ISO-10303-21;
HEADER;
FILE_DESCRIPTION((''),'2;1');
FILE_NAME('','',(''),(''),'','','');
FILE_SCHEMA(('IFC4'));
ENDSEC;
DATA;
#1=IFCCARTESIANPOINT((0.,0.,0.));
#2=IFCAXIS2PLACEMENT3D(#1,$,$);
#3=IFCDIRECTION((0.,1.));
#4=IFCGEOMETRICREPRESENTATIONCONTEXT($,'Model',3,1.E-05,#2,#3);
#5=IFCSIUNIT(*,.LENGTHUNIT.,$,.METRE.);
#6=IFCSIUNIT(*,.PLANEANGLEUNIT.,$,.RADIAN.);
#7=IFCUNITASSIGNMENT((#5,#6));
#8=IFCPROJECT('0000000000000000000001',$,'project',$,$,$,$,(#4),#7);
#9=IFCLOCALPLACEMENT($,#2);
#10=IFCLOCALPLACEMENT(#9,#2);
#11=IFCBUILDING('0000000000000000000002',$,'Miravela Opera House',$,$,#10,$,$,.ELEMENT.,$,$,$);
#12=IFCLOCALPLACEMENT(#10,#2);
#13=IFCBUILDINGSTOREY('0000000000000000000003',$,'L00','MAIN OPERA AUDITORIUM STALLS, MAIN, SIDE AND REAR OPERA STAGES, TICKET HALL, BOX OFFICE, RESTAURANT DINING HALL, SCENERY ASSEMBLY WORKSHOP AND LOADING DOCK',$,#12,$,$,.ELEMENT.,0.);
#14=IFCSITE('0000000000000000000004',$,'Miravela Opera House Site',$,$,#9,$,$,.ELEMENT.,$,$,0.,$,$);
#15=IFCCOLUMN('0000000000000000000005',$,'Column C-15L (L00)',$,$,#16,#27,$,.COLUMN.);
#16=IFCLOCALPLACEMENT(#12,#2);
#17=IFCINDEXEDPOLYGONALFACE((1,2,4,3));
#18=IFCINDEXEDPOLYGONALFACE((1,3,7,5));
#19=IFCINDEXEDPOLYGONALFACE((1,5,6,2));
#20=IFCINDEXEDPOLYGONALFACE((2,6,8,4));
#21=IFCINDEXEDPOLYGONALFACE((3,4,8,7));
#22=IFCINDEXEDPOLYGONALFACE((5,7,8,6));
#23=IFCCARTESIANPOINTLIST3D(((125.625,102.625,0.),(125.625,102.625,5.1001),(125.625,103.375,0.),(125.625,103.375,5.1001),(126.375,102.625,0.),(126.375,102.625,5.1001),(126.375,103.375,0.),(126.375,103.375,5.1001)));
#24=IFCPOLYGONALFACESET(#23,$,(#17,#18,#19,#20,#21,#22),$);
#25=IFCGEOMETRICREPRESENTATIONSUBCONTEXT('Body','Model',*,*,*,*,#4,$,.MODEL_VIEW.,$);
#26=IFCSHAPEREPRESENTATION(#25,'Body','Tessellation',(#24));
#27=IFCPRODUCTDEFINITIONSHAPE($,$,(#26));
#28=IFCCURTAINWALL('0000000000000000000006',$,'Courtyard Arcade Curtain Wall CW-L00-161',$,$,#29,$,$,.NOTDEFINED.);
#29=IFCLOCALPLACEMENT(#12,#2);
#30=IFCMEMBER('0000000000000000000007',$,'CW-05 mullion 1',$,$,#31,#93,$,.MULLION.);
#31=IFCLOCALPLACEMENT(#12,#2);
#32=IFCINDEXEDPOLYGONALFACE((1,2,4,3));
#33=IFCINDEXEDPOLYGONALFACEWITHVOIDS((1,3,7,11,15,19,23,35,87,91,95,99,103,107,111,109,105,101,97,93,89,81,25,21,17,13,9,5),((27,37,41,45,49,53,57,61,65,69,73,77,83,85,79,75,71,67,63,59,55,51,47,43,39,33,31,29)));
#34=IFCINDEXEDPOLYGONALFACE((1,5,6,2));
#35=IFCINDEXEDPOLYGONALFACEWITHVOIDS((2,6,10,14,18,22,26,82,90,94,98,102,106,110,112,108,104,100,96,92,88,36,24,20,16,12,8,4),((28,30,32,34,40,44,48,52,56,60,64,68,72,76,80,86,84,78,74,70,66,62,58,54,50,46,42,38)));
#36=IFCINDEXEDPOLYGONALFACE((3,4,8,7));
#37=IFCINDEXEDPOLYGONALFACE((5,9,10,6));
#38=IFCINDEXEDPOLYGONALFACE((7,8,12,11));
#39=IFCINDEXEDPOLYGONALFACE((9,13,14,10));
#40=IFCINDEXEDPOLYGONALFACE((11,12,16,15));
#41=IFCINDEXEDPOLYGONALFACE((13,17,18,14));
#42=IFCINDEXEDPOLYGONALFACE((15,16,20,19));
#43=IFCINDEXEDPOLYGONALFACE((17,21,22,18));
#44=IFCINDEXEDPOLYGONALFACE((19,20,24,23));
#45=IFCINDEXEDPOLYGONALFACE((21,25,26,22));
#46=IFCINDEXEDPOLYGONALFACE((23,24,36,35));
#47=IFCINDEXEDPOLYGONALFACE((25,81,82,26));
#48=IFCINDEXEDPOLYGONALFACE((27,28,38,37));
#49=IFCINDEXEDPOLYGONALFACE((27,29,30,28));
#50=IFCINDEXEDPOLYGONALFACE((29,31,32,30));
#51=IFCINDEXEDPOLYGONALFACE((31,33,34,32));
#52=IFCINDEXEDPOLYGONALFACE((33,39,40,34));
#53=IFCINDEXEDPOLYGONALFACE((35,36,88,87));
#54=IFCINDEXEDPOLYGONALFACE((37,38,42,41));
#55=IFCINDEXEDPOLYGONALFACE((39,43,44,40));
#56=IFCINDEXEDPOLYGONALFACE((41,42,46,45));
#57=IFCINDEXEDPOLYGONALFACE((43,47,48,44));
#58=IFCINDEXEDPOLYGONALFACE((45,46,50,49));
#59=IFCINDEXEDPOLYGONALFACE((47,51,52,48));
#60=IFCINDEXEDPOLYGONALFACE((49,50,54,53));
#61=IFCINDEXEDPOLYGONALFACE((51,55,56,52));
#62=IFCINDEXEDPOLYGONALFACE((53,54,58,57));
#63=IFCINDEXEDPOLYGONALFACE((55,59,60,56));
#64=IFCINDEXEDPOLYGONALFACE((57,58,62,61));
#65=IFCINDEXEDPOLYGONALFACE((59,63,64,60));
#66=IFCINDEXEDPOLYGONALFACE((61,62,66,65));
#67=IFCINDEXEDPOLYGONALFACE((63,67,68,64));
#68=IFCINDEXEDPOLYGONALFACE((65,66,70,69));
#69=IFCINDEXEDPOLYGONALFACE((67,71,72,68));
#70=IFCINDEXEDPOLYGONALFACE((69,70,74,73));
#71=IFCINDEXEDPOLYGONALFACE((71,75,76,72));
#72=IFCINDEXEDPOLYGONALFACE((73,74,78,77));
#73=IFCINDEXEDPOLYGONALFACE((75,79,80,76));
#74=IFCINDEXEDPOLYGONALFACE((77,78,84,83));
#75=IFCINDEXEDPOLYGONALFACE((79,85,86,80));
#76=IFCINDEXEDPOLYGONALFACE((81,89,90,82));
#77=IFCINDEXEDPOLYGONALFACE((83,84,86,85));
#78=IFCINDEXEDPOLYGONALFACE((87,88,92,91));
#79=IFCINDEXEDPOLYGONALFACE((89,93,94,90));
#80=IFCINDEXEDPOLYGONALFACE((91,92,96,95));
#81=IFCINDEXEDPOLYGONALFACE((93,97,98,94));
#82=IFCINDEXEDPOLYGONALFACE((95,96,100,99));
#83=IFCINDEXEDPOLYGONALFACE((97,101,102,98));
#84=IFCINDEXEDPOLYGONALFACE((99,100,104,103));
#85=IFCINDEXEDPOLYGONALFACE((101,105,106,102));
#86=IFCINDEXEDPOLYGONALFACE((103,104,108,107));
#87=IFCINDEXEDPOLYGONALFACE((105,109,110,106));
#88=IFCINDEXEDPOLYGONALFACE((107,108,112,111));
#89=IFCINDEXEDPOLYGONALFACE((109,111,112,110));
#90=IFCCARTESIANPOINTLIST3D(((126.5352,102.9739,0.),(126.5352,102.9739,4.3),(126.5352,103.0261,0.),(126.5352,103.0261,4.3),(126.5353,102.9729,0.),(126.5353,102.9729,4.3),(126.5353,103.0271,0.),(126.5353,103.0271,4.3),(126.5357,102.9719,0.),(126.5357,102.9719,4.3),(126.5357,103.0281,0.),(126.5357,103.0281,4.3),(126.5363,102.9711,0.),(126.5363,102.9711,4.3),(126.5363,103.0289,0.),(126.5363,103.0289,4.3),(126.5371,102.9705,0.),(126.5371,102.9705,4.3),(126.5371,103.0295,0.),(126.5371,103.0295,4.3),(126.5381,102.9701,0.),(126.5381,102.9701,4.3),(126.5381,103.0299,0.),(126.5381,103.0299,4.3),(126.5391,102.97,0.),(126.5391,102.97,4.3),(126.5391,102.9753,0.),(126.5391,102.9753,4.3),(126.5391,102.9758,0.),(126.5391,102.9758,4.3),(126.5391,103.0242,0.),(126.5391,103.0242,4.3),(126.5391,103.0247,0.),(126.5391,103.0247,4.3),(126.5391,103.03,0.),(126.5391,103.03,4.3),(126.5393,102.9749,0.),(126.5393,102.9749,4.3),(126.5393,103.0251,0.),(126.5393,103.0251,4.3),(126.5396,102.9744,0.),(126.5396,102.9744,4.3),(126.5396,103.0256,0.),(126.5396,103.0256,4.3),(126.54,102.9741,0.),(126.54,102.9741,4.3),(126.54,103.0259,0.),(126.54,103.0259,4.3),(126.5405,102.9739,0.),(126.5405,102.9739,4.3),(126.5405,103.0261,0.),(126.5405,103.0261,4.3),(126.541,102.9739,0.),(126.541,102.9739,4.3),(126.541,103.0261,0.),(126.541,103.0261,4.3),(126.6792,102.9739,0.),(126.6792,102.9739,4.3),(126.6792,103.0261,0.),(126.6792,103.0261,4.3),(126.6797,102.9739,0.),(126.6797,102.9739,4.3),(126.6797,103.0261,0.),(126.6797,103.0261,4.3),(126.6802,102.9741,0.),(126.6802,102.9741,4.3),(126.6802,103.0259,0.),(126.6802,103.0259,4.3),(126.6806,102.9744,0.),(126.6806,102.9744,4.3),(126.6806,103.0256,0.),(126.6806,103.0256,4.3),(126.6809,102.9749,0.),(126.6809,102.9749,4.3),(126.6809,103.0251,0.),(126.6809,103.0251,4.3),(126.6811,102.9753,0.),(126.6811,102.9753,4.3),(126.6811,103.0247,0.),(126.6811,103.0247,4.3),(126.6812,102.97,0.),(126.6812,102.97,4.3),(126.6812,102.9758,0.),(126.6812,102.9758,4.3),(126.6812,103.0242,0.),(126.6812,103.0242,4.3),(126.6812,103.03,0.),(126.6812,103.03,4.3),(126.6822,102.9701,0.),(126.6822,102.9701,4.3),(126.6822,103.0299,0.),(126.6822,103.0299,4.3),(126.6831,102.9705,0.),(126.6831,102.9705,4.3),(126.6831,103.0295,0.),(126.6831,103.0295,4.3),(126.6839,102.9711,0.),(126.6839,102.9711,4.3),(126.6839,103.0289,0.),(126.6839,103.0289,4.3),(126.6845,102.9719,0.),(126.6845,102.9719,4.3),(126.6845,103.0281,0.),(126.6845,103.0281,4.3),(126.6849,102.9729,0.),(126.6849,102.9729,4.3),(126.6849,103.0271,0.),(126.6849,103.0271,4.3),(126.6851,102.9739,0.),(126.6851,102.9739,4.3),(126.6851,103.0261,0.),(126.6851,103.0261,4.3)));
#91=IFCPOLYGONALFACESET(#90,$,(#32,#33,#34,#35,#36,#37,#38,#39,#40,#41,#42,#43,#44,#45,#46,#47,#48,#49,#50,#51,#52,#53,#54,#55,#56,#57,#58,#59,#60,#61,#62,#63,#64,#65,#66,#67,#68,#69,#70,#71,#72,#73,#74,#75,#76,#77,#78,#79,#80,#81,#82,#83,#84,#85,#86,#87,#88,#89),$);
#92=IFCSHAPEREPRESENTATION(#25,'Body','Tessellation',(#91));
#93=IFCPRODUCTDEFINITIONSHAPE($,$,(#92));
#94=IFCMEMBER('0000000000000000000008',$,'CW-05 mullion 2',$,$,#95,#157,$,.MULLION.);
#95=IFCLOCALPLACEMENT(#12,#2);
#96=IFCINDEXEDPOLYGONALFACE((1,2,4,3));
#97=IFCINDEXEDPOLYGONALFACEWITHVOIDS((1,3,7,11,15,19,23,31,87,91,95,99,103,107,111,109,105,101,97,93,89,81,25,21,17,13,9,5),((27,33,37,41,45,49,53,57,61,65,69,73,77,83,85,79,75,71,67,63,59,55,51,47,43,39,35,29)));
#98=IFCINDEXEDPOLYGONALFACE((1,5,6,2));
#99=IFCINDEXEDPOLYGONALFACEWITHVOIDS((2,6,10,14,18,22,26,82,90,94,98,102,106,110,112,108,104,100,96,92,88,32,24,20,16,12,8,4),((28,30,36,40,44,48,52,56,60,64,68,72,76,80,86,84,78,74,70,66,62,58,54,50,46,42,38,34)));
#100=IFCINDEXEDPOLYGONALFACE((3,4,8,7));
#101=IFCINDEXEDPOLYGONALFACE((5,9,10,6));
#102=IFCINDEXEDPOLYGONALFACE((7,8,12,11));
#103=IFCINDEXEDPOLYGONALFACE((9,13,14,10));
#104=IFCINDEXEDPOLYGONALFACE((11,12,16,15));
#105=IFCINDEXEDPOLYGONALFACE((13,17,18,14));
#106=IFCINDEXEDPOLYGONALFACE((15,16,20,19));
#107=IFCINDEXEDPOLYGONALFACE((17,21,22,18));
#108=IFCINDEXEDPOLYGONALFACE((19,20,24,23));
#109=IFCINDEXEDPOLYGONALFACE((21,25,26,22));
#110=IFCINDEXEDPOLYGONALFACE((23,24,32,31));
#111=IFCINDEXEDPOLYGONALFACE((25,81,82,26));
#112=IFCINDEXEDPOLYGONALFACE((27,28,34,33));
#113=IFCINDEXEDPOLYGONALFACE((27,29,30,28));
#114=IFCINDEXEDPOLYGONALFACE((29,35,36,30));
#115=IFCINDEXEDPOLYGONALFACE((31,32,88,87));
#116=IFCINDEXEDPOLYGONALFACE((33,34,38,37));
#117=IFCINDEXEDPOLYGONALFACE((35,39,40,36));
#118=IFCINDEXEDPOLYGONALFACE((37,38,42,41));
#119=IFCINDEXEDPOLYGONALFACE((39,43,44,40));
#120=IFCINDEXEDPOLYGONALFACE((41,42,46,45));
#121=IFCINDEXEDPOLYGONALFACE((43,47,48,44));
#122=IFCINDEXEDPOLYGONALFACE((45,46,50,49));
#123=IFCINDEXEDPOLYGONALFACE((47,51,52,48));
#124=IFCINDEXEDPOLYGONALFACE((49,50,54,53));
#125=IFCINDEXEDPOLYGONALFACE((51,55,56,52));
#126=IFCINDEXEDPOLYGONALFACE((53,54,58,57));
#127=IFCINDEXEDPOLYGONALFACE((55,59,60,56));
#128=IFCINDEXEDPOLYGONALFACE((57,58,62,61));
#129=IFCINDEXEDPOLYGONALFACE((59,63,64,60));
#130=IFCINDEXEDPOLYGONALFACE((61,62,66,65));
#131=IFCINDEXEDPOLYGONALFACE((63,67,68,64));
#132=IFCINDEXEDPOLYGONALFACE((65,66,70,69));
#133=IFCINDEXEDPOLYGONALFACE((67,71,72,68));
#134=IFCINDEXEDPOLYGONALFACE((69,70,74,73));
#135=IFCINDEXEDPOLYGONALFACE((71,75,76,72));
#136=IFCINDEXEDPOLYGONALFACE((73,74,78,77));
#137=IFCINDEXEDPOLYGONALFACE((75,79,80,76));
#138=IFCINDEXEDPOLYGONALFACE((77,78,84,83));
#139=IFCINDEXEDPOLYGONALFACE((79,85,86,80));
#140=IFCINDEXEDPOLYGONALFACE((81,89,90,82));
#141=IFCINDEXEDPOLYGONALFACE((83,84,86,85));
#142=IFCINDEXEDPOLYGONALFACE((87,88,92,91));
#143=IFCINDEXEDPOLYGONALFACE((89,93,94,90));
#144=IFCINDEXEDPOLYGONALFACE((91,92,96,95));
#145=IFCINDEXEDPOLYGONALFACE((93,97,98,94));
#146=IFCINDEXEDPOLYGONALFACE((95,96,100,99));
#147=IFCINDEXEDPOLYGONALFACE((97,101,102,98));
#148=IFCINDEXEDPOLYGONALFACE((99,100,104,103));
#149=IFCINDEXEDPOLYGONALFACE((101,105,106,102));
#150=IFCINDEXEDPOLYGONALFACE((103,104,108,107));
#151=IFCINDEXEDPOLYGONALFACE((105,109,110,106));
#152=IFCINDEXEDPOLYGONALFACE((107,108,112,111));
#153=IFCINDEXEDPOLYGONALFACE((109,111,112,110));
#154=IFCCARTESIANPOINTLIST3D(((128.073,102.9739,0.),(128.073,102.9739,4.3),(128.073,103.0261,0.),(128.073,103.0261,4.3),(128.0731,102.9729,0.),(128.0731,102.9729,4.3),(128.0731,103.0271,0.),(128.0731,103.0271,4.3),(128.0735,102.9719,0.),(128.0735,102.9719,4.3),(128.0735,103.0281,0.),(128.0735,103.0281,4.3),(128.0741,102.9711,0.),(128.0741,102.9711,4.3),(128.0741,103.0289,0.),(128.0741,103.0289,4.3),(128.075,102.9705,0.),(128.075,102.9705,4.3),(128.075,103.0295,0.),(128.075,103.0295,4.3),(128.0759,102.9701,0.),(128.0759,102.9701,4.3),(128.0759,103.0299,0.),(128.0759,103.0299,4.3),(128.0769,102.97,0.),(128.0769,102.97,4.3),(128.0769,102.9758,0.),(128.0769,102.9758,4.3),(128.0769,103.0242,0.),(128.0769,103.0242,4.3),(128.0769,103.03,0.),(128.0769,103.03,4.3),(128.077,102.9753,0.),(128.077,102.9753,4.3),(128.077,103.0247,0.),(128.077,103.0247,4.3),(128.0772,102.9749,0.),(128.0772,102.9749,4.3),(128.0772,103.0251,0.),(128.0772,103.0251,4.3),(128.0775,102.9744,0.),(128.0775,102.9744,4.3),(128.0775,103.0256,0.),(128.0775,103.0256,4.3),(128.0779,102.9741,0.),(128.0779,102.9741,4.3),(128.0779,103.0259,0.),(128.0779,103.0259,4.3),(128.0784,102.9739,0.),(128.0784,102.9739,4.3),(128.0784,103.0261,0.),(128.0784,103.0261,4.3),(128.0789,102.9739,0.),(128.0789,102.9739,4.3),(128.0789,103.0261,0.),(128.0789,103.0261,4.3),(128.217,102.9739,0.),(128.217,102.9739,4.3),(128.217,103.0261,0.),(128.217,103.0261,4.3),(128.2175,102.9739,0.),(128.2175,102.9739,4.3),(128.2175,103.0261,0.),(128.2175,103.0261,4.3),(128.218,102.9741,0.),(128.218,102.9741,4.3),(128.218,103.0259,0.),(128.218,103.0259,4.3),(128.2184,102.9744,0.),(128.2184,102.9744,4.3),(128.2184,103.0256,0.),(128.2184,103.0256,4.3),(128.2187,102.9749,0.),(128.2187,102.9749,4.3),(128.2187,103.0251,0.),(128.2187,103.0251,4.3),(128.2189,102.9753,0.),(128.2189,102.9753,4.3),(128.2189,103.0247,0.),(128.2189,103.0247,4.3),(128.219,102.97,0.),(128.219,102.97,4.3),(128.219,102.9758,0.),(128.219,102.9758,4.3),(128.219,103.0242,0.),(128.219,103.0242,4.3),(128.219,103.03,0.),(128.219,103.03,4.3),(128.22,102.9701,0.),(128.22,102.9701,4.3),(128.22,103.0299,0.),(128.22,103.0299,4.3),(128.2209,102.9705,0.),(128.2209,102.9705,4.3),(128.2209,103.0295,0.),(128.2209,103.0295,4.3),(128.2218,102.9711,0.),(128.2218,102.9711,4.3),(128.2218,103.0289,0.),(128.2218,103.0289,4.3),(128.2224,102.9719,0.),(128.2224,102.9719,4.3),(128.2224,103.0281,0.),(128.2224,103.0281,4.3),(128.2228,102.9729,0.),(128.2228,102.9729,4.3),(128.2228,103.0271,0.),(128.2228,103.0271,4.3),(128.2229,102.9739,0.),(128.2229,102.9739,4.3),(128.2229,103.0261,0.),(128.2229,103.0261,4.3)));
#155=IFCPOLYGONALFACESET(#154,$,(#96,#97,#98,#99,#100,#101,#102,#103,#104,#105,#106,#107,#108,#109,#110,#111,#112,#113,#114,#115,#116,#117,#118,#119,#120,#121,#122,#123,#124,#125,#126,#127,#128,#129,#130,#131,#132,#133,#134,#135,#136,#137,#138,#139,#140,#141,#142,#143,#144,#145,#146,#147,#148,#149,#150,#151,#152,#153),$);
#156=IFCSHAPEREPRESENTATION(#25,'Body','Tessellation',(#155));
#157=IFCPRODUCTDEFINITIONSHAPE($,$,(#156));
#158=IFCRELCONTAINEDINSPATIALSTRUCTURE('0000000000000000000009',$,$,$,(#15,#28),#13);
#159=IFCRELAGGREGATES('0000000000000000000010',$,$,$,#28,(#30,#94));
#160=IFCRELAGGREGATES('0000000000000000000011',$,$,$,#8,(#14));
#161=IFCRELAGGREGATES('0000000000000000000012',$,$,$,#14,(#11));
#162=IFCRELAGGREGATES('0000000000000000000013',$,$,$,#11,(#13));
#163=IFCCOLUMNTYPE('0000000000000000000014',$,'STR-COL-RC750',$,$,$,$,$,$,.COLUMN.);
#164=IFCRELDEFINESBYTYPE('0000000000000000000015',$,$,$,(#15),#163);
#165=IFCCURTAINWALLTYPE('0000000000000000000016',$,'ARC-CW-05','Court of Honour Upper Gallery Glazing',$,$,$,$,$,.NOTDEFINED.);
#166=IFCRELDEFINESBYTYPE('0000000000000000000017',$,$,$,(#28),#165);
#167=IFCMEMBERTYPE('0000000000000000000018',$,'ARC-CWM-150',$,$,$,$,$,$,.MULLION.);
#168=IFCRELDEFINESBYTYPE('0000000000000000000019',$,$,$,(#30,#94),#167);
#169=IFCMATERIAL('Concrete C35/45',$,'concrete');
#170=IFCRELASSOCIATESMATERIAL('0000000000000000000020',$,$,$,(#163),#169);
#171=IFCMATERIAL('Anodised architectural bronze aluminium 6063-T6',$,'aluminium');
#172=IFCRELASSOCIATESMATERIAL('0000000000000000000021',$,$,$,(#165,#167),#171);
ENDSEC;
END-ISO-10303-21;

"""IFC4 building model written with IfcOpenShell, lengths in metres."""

from ifc_helpers import new_model, si_unit, direction, frame, origin, origin_2d, place, context, subcontext, project, spatial, rectangle, hollow_rectangle, extrude, material, material_profile, profile_set, type_object, element, aggregate, save


model = new_model("IFC4")

# Units and contexts
model_context = context("Model", 3, precision=1e-05, world=origin(), true_north=direction((0.0, 1.0)))
body_context = subcontext(model_context, "Body", "Model", "MODEL_VIEW")
ifc_project = project(units=[si_unit("LENGTHUNIT", "METRE"), si_unit("PLANEANGLEUNIT", "RADIAN")], contexts=[model_context])

# Site, building, storey
site_placement = place(None, origin())
site = spatial("IfcSite", under=ifc_project, at=site_placement, Name="Miravela Opera House Site", CompositionType="ELEMENT", RefElevation=0.0)
building_placement = place(site_placement, origin())
building = spatial("IfcBuilding", under=site, at=building_placement, Name="Miravela Opera House", CompositionType="ELEMENT")
storey_placement = place(building_placement, origin())
storey = spatial("IfcBuildingStorey", under=building, at=storey_placement, Name="L00", Description="MAIN OPERA AUDITORIUM STALLS, MAIN, SIDE AND REAR OPERA STAGES, TICKET HALL, BOX OFFICE, RESTAURANT DINING HALL, SCENERY ASSEMBLY WORKSHOP AND LOADING DOCK", CompositionType="ELEMENT", Elevation=0.0)

# Column
ifc_material_1 = material(Name="Concrete C35/45", Category="concrete")
ifc_material_profile_1 = material_profile(ifc_material_1, rectangle(XDim=0.75, YDim=0.75, at=origin_2d()), Name="RC-COL-750X750")
ifc_profile_set_1 = profile_set([ifc_material_profile_1])
column_type = type_object("IfcColumnType", Name="STR-COL-RC750", PredefinedType="COLUMN", material=ifc_profile_set_1)
column_placement = place(storey_placement, frame((126.0, 103.0, 0.0), z_axis=(0.0, 0.0, 1.0), x_axis=(1.0, 0.0, 0.0)))
element("IfcColumn", 1, at=column_placement, inside=storey, type_object=column_type, Name="Column C-15L (L00)", PredefinedType="COLUMN", context=body_context, shape_type="SweptSolid", body=[
    extrude(rectangle(XDim=0.75, YDim=0.75, at=origin_2d()), origin(), (0.0, 0.0, 1.0), 5.1001),
])

# Curtain wall, members
ifc_material_2 = material(Name="Anodised architectural bronze aluminium 6063-T6", Category="aluminium")
curtain_wall_type = type_object("IfcCurtainWallType", Name="ARC-CW-05", Description="Court of Honour Upper Gallery Glazing", PredefinedType="NOTDEFINED", material=ifc_material_2)
curtain_wall_placement = place(storey_placement, origin())
curtain_wall = element("IfcCurtainWall", 2, at=curtain_wall_placement, inside=storey, type_object=curtain_wall_type, Name="Courtyard Arcade Curtain Wall CW-L00-161", PredefinedType="NOTDEFINED")
ifc_material_profile_2 = material_profile(ifc_material_2, hollow_rectangle(XDim=0.0601, YDim=0.1499, WallThickness=0.0039, InnerFilletRadius=0.002, OuterFilletRadius=0.0039, at=origin_2d()), Name="CWM-60X150")
ifc_profile_set_2 = profile_set([ifc_material_profile_2])
member_type_1 = type_object("IfcMemberType", Name="ARC-CWM-150", PredefinedType="MULLION", material=ifc_profile_set_2)
member_1_placement = place(storey_placement, frame((126.6101, 103.0, 0.0), z_axis=(0.0, 0.0, 1.0), x_axis=(0.0, 1.0, 0.0)))
member_1 = element("IfcMember", 3, at=member_1_placement, type_object=member_type_1, Name="CW-05 mullion 1", PredefinedType="MULLION", context=body_context, shape_type="SweptSolid", body=[
    extrude(hollow_rectangle(XDim=0.0601, YDim=0.1499, WallThickness=0.0039, InnerFilletRadius=0.002, OuterFilletRadius=0.0039, at=origin_2d()), origin(), (0.0, 0.0, 1.0), 4.3),
])
member_2_placement = place(storey_placement, frame((128.1479, 103.0, 0.0), z_axis=(0.0, 0.0, 1.0), x_axis=(0.0, 1.0, 0.0)))
member_2 = element("IfcMember", 4, at=member_2_placement, type_object=member_type_1, Name="CW-05 mullion 2", PredefinedType="MULLION", context=body_context, shape_type="SweptSolid", body=[
    extrude(hollow_rectangle(XDim=0.0601, YDim=0.1499, WallThickness=0.0039, InnerFilletRadius=0.002, OuterFilletRadius=0.0039, at=origin_2d()), origin(), (0.0, 0.0, 1.0), 4.3),
])

aggregate(curtain_wall, [member_1, member_2])

save(model, "model.ifc")
